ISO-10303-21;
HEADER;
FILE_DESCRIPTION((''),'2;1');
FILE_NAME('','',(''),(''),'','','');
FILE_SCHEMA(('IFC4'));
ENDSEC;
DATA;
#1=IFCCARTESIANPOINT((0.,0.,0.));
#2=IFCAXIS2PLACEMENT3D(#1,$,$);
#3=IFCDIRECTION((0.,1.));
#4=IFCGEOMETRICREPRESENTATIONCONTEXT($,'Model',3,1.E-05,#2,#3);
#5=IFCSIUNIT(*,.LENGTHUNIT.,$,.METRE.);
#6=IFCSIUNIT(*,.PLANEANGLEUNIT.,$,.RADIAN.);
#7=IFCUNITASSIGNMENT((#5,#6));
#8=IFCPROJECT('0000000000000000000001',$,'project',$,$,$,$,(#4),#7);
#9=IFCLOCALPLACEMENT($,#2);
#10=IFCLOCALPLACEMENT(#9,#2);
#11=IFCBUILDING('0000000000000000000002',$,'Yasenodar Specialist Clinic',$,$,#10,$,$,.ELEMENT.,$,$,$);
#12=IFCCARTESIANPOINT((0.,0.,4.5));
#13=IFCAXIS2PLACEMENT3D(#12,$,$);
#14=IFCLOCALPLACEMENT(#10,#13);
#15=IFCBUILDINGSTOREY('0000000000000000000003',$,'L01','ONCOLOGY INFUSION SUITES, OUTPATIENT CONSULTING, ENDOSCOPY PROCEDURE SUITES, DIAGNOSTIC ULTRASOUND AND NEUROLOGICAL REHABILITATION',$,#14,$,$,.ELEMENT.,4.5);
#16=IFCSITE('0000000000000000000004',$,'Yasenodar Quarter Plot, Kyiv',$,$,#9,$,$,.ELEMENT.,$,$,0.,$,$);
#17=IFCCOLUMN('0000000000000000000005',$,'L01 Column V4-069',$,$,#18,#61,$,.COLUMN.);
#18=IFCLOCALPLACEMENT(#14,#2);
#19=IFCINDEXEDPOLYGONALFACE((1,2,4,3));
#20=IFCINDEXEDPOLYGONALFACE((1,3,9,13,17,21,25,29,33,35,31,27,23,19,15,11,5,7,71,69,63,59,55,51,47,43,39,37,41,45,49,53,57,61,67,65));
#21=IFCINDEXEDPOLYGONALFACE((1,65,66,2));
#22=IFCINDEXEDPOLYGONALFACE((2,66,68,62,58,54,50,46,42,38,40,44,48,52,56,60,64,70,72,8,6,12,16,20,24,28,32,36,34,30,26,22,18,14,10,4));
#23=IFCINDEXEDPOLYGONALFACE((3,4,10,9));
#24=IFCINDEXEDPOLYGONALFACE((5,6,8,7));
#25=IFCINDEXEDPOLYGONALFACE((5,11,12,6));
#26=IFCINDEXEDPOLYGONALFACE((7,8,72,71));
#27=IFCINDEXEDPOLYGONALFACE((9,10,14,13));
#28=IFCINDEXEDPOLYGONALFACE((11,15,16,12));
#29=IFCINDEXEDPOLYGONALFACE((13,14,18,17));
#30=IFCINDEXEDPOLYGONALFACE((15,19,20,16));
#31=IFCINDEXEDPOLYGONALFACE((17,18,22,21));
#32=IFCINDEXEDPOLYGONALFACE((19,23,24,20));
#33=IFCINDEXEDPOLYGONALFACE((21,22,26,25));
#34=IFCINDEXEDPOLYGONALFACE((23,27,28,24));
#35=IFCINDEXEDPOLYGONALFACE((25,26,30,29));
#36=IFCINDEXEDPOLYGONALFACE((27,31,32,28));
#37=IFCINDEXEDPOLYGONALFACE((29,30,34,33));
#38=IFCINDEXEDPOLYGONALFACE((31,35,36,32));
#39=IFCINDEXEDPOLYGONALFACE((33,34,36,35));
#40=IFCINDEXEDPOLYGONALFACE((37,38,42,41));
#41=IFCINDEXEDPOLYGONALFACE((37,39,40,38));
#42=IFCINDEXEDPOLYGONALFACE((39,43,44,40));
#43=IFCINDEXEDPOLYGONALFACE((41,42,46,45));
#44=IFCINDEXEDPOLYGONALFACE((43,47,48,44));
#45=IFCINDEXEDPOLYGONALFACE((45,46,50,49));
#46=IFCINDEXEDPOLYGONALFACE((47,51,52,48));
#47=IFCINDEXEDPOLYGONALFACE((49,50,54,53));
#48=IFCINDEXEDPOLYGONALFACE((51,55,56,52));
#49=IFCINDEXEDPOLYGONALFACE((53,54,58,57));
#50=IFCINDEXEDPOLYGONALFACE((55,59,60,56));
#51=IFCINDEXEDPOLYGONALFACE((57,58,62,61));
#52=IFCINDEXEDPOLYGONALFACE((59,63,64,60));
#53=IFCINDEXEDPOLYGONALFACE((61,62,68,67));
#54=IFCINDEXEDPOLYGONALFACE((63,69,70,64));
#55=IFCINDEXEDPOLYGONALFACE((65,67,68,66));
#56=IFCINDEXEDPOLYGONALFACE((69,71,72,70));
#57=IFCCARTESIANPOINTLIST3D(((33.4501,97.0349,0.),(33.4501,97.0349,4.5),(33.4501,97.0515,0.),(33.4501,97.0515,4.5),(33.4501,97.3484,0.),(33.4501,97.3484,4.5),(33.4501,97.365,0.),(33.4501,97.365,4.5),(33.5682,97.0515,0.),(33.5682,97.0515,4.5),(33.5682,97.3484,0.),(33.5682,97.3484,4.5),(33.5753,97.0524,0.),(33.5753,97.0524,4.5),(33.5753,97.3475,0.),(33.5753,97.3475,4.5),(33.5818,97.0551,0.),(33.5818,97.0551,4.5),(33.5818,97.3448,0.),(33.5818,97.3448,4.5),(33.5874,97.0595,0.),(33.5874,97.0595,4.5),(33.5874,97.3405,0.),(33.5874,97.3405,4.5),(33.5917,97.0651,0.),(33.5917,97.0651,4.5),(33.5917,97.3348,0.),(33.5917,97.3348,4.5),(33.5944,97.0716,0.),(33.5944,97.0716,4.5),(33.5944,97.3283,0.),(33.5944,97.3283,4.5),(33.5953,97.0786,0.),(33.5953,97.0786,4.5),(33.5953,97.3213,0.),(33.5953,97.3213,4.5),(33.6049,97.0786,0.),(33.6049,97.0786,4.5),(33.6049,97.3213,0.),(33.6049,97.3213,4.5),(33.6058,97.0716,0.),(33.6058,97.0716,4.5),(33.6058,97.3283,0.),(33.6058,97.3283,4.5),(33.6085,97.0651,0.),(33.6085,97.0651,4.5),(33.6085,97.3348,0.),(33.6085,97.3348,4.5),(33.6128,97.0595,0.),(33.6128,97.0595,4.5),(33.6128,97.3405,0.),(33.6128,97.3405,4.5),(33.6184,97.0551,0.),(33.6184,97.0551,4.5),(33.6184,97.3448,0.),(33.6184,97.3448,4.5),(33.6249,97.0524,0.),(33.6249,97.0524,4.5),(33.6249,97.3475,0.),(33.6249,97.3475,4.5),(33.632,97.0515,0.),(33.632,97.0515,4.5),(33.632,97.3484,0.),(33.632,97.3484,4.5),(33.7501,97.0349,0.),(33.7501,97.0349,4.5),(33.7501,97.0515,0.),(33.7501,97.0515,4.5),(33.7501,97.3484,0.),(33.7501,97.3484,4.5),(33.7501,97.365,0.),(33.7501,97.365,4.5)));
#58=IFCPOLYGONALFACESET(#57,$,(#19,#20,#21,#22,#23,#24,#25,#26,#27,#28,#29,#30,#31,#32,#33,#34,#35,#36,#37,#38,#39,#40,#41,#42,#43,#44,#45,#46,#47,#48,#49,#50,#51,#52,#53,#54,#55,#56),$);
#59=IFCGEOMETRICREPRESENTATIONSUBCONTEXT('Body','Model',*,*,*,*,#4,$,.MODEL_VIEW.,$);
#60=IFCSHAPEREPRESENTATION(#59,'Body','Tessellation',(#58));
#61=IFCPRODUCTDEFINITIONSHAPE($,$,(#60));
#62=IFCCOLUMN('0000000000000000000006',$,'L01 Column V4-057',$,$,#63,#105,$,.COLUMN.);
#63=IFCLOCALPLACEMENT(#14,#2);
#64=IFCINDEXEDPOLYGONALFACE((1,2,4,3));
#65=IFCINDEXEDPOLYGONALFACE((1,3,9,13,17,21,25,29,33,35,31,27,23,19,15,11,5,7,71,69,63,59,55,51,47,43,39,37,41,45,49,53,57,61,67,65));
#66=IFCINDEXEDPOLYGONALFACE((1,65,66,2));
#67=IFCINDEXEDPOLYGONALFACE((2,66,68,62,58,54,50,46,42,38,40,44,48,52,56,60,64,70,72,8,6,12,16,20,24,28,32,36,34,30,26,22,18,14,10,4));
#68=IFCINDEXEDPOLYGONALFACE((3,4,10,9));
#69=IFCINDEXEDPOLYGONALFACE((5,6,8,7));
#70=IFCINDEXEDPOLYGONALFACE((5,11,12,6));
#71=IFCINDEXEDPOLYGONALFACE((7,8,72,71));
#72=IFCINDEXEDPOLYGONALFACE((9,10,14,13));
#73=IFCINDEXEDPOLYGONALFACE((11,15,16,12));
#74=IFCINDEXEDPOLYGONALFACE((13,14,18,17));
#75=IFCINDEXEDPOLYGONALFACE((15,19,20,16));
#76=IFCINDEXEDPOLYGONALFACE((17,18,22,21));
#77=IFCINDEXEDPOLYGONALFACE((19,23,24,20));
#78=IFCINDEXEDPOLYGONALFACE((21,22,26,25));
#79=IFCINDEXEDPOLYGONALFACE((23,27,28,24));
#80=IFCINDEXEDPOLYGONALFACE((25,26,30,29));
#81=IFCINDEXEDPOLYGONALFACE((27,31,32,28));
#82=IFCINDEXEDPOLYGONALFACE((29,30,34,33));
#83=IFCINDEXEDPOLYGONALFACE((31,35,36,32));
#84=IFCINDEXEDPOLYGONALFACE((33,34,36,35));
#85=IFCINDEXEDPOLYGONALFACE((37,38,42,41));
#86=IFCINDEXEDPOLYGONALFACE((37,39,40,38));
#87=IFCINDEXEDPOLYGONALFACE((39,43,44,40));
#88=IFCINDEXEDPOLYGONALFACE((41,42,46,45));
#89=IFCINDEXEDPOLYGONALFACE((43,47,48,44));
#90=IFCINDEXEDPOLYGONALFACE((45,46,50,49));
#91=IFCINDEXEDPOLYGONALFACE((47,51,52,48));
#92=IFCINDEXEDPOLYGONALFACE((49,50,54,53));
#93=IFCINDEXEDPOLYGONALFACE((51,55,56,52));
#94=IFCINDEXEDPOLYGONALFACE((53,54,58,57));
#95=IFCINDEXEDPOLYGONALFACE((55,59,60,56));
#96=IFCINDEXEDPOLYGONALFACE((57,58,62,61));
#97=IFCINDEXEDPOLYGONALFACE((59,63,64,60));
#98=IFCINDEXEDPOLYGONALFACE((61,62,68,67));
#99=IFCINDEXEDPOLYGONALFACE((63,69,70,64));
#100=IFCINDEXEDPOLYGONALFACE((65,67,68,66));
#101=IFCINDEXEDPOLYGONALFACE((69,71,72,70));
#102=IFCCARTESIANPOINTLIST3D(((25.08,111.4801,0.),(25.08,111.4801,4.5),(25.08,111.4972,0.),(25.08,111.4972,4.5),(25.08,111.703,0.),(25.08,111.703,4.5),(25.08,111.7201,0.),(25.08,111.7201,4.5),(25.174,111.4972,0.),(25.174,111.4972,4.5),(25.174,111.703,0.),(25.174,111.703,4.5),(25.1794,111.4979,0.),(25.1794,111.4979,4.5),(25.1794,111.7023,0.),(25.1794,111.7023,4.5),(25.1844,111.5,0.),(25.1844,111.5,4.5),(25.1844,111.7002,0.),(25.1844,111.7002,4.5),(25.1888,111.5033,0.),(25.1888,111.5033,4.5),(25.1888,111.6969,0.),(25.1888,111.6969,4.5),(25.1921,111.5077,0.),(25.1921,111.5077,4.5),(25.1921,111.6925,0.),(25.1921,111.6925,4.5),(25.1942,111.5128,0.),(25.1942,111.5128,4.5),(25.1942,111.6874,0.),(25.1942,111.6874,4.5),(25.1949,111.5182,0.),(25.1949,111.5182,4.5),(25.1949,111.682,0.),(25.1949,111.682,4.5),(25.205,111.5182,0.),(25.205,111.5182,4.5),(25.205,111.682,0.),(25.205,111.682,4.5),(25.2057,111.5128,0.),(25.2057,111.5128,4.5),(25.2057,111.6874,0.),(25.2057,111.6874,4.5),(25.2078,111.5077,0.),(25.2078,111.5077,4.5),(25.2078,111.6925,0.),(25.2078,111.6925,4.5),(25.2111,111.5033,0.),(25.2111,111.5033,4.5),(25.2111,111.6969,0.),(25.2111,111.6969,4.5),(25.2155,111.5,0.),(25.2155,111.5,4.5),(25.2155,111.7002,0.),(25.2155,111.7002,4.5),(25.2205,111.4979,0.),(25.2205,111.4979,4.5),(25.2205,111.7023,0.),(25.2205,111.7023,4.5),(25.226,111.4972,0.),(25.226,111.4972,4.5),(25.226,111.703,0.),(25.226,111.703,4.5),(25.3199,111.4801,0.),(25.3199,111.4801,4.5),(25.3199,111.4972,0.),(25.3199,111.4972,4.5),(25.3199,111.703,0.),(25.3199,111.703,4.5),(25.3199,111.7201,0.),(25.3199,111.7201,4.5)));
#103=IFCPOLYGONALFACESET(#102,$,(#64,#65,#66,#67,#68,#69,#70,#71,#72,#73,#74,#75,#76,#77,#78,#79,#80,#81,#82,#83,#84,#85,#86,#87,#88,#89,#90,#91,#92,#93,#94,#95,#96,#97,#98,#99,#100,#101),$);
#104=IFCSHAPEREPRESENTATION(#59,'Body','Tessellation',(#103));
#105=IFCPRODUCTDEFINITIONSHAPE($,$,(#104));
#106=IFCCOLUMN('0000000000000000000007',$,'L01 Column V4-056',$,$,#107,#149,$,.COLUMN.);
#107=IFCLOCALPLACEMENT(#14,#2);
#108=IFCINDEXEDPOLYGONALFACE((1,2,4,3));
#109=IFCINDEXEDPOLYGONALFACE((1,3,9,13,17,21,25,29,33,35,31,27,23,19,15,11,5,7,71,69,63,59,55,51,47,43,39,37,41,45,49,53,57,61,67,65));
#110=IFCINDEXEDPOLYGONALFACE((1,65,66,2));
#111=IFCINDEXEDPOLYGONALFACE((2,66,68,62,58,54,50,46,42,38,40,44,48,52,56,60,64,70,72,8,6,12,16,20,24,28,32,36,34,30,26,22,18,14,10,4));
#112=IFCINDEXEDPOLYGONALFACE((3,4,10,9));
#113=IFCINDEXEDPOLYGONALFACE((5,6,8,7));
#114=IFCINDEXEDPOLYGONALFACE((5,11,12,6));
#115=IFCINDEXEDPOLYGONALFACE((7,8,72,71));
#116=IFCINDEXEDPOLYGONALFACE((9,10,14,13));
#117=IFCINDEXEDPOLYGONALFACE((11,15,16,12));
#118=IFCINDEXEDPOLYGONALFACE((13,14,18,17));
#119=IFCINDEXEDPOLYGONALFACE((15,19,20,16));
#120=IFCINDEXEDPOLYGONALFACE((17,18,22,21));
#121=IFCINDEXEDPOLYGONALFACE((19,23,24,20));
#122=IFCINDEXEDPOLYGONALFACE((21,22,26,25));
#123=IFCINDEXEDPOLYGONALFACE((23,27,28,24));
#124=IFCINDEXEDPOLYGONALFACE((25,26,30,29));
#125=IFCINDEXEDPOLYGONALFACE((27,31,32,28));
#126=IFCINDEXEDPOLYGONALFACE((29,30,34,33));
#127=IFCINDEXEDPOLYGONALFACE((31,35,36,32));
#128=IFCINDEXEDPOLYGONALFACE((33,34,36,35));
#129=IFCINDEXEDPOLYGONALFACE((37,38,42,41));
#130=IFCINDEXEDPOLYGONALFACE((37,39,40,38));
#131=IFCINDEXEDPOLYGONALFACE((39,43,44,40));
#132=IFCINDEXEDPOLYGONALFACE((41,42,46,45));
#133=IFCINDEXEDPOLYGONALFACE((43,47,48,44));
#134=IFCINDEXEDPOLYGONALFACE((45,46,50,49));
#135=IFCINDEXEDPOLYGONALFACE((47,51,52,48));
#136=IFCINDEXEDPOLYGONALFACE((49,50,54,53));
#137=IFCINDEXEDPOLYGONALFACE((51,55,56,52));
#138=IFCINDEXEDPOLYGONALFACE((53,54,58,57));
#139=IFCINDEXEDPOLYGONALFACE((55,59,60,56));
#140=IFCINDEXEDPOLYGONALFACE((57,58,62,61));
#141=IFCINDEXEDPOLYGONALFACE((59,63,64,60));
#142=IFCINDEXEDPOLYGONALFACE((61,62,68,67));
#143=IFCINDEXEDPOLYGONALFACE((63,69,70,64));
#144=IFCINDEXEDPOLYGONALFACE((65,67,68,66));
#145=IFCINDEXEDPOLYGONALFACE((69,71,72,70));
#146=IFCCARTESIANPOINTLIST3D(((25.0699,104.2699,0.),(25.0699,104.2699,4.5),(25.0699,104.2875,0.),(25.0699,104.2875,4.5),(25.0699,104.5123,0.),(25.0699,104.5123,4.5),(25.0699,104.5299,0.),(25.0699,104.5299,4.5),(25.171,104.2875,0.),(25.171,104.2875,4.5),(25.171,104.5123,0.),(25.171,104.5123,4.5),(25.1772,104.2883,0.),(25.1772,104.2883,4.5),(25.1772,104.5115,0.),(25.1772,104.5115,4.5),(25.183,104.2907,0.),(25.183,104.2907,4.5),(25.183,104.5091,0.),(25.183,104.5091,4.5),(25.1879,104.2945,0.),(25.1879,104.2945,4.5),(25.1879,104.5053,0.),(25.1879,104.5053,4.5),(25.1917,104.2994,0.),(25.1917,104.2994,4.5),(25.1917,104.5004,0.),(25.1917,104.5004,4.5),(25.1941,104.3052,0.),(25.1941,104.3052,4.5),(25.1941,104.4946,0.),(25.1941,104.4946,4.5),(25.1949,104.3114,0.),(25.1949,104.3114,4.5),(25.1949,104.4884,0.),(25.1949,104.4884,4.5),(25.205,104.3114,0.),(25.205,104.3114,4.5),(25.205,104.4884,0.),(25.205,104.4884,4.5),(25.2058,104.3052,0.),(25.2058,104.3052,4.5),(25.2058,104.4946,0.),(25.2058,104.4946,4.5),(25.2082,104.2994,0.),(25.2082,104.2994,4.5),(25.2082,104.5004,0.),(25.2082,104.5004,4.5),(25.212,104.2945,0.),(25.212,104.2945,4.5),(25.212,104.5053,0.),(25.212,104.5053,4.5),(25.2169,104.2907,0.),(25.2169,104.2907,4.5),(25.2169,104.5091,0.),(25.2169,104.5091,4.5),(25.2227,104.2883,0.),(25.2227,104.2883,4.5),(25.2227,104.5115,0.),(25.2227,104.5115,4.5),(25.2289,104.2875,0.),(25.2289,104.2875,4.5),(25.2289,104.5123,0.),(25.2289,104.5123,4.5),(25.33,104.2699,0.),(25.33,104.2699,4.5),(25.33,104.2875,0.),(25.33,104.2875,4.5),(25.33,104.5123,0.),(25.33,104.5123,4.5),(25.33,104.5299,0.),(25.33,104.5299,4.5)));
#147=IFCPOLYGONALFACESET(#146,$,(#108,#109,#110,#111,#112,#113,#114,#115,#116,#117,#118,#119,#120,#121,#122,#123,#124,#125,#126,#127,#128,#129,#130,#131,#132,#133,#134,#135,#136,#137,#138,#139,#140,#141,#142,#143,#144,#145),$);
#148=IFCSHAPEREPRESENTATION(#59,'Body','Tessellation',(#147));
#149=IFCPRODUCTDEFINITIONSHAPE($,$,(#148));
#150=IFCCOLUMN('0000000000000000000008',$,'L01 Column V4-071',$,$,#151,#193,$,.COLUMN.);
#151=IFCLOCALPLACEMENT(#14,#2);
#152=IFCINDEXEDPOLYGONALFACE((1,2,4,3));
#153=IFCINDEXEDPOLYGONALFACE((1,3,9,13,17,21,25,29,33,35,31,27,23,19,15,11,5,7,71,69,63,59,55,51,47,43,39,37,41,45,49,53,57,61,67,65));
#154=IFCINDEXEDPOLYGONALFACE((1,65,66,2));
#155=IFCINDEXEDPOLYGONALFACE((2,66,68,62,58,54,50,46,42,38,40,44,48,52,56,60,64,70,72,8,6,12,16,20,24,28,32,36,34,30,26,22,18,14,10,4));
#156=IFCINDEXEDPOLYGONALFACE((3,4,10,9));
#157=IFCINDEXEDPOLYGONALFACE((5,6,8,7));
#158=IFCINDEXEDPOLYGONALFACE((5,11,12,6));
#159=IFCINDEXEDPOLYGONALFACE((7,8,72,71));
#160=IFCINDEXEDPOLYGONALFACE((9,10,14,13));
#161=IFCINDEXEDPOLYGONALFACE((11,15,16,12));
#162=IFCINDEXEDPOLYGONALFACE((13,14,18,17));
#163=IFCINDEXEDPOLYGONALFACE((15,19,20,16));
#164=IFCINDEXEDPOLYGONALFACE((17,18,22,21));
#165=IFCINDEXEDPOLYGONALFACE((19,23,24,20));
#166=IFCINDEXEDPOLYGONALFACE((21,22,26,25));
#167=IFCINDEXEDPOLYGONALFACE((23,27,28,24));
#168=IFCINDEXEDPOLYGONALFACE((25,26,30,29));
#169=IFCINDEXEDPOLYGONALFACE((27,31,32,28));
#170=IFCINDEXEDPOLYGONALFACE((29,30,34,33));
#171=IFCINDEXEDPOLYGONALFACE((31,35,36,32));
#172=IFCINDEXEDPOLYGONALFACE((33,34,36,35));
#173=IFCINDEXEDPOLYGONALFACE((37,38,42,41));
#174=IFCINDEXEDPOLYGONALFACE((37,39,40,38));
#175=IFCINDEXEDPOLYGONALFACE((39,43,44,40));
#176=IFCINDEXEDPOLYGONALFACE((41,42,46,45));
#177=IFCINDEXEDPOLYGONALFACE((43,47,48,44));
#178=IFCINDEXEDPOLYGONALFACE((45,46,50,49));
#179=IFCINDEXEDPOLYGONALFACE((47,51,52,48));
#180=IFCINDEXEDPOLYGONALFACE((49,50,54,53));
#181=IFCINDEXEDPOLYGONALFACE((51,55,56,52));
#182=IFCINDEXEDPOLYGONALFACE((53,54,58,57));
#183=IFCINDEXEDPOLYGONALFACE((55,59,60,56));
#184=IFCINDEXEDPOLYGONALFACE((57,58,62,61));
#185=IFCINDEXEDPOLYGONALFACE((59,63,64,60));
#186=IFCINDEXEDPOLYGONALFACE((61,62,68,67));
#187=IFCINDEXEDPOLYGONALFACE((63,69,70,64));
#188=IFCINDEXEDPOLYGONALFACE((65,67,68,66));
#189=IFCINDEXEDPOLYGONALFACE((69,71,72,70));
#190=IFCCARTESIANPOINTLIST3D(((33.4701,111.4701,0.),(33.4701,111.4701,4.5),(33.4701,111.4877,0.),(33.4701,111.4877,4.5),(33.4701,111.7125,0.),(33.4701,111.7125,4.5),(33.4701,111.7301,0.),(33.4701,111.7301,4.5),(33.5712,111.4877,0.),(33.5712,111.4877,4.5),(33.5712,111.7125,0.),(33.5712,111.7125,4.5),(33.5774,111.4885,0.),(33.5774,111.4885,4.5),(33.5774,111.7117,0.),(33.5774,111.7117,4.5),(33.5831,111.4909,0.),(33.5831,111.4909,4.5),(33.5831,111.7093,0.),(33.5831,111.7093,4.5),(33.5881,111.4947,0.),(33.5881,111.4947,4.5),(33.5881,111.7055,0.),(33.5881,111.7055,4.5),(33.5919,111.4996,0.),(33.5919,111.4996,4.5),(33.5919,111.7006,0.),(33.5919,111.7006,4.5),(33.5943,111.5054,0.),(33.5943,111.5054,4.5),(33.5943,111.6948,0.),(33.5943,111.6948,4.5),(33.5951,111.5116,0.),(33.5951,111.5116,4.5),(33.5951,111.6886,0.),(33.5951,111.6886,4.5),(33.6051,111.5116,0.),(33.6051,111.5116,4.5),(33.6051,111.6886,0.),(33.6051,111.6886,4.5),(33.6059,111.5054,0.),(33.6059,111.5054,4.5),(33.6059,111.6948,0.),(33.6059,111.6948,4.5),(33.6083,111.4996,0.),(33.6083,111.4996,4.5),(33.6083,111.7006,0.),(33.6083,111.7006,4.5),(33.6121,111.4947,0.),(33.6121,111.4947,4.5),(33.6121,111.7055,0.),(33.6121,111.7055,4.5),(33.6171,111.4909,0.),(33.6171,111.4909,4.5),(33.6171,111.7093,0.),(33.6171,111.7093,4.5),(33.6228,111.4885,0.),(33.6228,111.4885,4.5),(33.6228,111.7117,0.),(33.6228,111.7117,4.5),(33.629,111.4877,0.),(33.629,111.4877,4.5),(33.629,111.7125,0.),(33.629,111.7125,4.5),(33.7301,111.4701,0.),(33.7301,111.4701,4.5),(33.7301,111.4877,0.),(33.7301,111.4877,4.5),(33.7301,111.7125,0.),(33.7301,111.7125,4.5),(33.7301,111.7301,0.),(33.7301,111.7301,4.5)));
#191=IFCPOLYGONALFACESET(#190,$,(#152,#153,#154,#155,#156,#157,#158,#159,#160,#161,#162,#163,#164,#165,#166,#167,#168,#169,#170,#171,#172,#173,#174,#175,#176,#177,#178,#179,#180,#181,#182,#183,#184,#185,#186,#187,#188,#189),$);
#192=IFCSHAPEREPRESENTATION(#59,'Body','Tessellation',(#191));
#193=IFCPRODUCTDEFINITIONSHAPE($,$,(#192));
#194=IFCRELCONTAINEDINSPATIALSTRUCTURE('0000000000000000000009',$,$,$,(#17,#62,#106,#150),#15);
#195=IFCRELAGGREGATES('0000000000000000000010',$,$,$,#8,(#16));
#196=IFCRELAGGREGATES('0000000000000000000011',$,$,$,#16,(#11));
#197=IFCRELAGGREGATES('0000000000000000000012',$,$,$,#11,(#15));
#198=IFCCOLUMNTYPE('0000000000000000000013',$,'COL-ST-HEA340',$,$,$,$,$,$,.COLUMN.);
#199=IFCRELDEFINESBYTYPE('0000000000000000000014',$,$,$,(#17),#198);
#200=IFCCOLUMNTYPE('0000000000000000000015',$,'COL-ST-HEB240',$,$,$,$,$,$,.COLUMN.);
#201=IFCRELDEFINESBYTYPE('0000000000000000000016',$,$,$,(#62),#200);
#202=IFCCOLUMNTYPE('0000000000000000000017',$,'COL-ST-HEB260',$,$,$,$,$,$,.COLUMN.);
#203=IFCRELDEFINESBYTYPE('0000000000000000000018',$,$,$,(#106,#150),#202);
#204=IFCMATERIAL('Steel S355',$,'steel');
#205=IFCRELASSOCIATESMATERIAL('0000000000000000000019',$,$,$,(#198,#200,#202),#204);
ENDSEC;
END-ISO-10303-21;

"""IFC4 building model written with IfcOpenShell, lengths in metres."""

from ifc_helpers import new_model, si_unit, direction, frame, origin, origin_2d, place, context, subcontext, project, spatial, i_section, extrude, material, material_profile, profile_set, type_object, element, save


model = new_model("IFC4")

# Units and contexts
model_context = context("Model", 3, precision=1e-05, world=origin(), true_north=direction((0.0, 1.0)))
body_context = subcontext(model_context, "Body", "Model", "MODEL_VIEW")
ifc_project = project(units=[si_unit("LENGTHUNIT", "METRE"), si_unit("PLANEANGLEUNIT", "RADIAN")], contexts=[model_context])

# Site, building, storey
site_placement = place(None, origin())
site = spatial("IfcSite", under=ifc_project, at=site_placement, Name="Yasenodar Quarter Plot, Kyiv", CompositionType="ELEMENT", RefElevation=0.0)
building_placement = place(site_placement, origin())
building = spatial("IfcBuilding", under=site, at=building_placement, Name="Yasenodar Specialist Clinic", CompositionType="ELEMENT")
storey_placement = place(building_placement, frame((0.0, 0.0, 4.5)))
storey = spatial("IfcBuildingStorey", under=building, at=storey_placement, Name="L01", Description="ONCOLOGY INFUSION SUITES, OUTPATIENT CONSULTING, ENDOSCOPY PROCEDURE SUITES, DIAGNOSTIC ULTRASOUND AND NEUROLOGICAL REHABILITATION", CompositionType="ELEMENT", Elevation=4.5)

# Columns
ifc_material_1 = material(Name="Steel S355", Category="steel")
ifc_material_profile_1 = material_profile(ifc_material_1, i_section(OverallWidth=0.3, OverallDepth=0.3301, WebThickness=0.0095, FlangeThickness=0.0166, FilletRadius=0.0271, at=origin_2d()), Name="HEA 340")
ifc_profile_set_1 = profile_set([ifc_material_profile_1], Name="Steel S355")
column_type_1 = type_object("IfcColumnType", Name="COL-ST-HEA340", PredefinedType="COLUMN", material=ifc_profile_set_1)
column_1_placement = place(storey_placement, frame((33.6001, 97.2, 0.0), z_axis=(0.0, 0.0, 1.0), x_axis=(1.0, 0.0, 0.0)))
element("IfcColumn", 1, at=column_1_placement, inside=storey, type_object=column_type_1, Name="L01 Column V4-069", PredefinedType="COLUMN", context=body_context, shape_type="SweptSolid", body=[
    extrude(i_section(OverallWidth=0.3, OverallDepth=0.3301, WebThickness=0.0095, FlangeThickness=0.0166, FilletRadius=0.0271, at=origin_2d()), origin(), (0.0, 0.0, 1.0), 4.5),
])
ifc_material_profile_2 = material_profile(ifc_material_1, i_section(OverallWidth=0.24, OverallDepth=0.24, WebThickness=0.01, FlangeThickness=0.0171, FilletRadius=0.021, at=origin_2d()), Name="HEB 240")
ifc_profile_set_2 = profile_set([ifc_material_profile_2], Name="Steel S355")
column_type_2 = type_object("IfcColumnType", Name="COL-ST-HEB240", PredefinedType="COLUMN", material=ifc_profile_set_2)
column_2_placement = place(storey_placement, frame((25.2, 111.6001, 0.0), z_axis=(0.0, 0.0, 1.0), x_axis=(1.0, 0.0, 0.0)))
element("IfcColumn", 2, at=column_2_placement, inside=storey, type_object=column_type_2, Name="L01 Column V4-057", PredefinedType="COLUMN", context=body_context, shape_type="SweptSolid", body=[
    extrude(i_section(OverallWidth=0.24, OverallDepth=0.24, WebThickness=0.01, FlangeThickness=0.0171, FilletRadius=0.021, at=origin_2d()), origin(), (0.0, 0.0, 1.0), 4.5),
])
ifc_material_profile_3 = material_profile(ifc_material_1, i_section(OverallWidth=0.26, OverallDepth=0.26, WebThickness=0.01, FlangeThickness=0.0176, FilletRadius=0.0239, at=origin_2d()), Name="HEB 260")
ifc_profile_set_3 = profile_set([ifc_material_profile_3], Name="Steel S355")
column_type_3 = type_object("IfcColumnType", Name="COL-ST-HEB260", PredefinedType="COLUMN", material=ifc_profile_set_3)
for number, where, z_axis, x_axis, name in (
    (3, (25.2, 104.3999, 0.0), (0.0, 0.0, 1.0), (1.0, 0.0, 0.0), "L01 Column V4-056"),
    (4, (33.6001, 111.6001, 0.0), (0.0, 0.0, 1.0), (1.0, 0.0, 0.0), "L01 Column V4-071"),
):
    element("IfcColumn", number, at=place(storey_placement, frame(where, z_axis=z_axis, x_axis=x_axis)), inside=storey, type_object=column_type_3, Name=name, PredefinedType="COLUMN", context=body_context, shape_type="SweptSolid", body=[
        extrude(i_section(OverallWidth=0.26, OverallDepth=0.26, WebThickness=0.01, FlangeThickness=0.0176, FilletRadius=0.0239, at=origin_2d()), origin(), (0.0, 0.0, 1.0), 4.5),
    ])

save(model, "model.ifc")
